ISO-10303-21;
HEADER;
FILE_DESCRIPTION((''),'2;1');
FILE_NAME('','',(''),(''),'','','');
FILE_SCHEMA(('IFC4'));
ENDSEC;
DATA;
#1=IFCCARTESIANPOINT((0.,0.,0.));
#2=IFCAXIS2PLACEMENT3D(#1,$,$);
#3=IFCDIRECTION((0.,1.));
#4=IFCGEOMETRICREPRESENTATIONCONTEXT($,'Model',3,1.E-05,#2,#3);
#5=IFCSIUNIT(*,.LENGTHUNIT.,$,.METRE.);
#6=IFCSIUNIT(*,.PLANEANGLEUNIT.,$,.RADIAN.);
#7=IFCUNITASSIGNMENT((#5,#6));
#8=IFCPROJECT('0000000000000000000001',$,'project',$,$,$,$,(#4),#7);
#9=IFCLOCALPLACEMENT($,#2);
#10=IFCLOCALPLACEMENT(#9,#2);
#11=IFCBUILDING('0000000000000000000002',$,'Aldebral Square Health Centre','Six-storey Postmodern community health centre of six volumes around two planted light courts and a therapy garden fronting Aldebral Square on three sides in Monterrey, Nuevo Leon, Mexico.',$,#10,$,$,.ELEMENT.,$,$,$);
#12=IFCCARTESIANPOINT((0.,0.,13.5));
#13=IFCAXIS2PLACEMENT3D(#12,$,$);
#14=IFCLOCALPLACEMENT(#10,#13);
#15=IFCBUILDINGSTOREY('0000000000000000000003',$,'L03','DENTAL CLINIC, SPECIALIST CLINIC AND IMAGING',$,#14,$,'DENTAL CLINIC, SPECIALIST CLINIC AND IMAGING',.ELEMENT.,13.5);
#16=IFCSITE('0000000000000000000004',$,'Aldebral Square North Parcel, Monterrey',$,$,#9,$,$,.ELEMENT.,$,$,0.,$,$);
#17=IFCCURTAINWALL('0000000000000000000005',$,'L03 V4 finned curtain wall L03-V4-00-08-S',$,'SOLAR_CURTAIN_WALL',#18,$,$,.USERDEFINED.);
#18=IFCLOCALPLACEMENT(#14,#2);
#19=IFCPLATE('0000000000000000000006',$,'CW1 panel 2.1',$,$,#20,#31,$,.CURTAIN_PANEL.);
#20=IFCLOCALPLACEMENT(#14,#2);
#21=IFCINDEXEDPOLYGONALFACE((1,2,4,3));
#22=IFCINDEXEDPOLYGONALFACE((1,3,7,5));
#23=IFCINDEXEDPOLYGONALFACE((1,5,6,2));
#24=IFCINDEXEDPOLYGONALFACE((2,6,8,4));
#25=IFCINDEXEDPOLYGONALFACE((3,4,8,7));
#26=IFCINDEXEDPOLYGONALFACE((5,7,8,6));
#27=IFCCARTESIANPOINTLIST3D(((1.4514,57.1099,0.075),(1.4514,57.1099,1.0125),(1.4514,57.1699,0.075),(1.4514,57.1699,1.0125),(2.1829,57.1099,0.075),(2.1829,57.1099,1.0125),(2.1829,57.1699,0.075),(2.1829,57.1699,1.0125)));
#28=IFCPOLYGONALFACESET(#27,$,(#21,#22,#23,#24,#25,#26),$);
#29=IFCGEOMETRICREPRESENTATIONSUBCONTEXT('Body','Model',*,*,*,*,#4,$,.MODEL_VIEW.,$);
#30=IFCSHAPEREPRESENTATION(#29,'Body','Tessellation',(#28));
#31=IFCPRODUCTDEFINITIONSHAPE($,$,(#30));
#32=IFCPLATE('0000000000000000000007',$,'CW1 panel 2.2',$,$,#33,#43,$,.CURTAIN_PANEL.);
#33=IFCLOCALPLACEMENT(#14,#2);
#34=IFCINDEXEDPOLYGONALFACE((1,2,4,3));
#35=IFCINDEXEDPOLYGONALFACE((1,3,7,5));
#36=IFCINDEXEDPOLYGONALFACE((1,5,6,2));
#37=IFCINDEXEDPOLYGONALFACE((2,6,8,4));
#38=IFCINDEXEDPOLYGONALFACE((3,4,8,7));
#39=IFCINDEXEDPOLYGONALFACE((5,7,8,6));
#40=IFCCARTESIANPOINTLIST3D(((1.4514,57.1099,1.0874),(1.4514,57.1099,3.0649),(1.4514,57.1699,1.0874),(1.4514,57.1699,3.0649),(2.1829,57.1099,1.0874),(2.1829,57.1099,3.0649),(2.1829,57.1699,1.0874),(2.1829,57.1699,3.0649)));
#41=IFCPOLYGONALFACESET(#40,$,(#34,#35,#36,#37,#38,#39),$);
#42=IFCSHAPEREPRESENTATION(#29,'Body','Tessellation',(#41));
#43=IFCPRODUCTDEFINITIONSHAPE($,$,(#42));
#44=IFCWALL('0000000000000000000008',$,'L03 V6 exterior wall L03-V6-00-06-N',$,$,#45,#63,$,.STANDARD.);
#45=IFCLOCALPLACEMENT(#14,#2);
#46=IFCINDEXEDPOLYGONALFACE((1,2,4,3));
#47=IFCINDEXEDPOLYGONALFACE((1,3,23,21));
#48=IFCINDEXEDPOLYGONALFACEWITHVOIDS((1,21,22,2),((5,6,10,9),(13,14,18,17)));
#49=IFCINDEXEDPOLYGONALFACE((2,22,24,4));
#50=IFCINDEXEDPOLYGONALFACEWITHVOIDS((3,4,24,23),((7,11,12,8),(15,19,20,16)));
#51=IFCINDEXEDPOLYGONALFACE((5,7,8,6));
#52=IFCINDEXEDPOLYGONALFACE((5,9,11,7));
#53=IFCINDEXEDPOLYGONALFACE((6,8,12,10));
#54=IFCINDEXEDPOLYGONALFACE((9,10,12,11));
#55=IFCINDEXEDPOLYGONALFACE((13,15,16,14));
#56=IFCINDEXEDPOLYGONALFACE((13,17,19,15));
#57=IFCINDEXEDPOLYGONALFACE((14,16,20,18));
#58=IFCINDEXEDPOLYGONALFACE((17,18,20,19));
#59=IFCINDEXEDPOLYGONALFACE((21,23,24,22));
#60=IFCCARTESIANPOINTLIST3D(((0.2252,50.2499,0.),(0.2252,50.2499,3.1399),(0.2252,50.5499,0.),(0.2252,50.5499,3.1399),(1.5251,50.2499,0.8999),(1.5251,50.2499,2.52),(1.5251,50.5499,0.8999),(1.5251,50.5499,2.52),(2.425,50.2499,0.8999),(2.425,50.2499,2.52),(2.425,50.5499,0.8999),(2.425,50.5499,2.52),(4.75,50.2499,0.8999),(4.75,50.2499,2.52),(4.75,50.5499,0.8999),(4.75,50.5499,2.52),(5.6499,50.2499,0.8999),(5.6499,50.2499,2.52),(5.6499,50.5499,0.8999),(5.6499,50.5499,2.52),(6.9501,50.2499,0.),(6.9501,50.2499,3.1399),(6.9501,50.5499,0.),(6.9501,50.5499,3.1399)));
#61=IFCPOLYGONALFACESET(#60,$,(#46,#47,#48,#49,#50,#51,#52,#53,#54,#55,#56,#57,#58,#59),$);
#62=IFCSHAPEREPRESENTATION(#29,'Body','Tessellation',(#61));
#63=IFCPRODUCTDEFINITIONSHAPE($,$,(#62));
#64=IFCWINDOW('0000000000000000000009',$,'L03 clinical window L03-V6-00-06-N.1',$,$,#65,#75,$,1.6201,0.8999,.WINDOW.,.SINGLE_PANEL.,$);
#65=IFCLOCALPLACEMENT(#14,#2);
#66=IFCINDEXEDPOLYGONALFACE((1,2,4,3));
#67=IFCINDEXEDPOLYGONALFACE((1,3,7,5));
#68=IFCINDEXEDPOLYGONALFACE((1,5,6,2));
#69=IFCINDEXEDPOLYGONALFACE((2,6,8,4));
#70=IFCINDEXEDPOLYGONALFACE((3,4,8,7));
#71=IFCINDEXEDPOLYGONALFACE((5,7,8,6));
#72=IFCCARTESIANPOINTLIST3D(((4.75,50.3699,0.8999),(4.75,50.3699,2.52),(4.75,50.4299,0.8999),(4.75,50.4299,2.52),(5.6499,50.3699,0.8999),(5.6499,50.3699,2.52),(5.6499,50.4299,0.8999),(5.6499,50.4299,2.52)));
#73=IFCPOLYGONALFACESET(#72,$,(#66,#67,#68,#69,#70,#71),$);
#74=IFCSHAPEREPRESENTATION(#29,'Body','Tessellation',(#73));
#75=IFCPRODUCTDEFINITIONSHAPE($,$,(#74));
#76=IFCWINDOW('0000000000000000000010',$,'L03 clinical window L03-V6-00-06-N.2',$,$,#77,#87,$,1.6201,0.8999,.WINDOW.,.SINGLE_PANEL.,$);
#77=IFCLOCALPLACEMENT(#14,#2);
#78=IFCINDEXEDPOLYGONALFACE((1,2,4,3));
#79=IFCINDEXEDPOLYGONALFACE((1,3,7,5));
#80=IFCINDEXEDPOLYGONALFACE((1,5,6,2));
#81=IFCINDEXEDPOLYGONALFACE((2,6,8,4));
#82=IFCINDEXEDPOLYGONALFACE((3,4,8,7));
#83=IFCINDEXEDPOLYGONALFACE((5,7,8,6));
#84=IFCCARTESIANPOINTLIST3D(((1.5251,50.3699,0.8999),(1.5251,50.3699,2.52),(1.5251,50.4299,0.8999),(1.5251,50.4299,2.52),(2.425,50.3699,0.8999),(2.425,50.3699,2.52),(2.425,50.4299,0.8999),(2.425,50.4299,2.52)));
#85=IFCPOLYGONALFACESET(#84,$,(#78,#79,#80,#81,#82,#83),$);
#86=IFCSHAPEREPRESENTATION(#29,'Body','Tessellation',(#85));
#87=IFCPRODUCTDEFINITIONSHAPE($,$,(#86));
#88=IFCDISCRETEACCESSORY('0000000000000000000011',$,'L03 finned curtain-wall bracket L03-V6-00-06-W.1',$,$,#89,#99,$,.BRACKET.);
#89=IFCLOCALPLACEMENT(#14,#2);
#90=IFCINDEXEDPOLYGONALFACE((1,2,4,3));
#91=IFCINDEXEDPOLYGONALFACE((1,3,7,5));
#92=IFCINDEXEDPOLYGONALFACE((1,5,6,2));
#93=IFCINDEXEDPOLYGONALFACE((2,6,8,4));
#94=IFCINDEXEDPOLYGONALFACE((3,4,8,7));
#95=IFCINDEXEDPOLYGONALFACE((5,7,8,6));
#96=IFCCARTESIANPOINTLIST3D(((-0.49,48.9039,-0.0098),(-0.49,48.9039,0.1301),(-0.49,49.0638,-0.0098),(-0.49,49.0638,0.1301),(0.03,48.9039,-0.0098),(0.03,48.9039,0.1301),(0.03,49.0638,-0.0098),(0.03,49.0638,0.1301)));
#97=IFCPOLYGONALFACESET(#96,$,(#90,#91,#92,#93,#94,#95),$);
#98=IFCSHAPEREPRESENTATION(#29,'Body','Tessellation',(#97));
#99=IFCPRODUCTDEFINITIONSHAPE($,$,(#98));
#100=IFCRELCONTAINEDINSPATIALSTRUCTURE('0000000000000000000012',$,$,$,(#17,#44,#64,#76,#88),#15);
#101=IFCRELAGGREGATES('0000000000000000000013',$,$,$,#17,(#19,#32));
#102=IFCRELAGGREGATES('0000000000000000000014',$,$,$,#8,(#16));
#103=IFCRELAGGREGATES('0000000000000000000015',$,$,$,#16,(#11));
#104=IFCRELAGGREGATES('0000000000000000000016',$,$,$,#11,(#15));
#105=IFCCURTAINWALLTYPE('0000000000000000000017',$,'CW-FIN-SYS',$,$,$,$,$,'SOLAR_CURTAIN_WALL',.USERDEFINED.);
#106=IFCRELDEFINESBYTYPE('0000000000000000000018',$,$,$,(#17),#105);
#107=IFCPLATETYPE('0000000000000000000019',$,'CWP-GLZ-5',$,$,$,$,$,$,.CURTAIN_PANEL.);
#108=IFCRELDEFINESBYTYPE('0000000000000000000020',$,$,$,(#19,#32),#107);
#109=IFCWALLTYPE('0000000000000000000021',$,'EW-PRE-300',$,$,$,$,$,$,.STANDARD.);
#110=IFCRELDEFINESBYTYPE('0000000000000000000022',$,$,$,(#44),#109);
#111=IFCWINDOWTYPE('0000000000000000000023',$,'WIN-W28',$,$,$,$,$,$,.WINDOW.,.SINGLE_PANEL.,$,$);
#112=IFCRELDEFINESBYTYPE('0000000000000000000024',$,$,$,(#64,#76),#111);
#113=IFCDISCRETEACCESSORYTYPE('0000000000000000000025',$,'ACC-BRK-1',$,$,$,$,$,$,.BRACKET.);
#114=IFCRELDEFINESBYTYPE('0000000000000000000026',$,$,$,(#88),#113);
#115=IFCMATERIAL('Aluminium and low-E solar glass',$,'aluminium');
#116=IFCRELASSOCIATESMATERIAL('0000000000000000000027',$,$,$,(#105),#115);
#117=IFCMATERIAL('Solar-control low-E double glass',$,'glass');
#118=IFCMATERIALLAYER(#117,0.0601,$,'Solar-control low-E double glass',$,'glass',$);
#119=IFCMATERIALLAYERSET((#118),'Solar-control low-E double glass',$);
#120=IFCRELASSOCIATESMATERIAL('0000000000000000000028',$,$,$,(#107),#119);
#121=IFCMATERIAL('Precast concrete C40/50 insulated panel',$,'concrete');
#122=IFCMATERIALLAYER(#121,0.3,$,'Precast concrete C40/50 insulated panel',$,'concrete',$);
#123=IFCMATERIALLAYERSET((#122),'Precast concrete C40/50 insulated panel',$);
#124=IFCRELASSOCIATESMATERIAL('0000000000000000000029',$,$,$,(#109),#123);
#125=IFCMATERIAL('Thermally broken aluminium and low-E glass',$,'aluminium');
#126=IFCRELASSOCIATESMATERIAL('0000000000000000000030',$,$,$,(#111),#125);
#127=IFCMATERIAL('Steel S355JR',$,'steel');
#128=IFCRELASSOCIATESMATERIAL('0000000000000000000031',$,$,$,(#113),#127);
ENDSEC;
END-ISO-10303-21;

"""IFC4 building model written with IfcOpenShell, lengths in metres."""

from ifc_helpers import new_model, si_unit, direction, frame, frame_2d, origin, origin_2d, place, context, subcontext, project, spatial, rectangle, extrude, material, layer, layer_set, type_object, element, fill, aggregate, save


model = new_model("IFC4")

# Units and contexts
model_context = context("Model", 3, precision=1e-05, world=origin(), true_north=direction((0.0, 1.0)))
body_context = subcontext(model_context, "Body", "Model", "MODEL_VIEW")
ifc_project = project(units=[si_unit("LENGTHUNIT", "METRE"), si_unit("PLANEANGLEUNIT", "RADIAN")], contexts=[model_context])

# Site, building, storey
site_placement = place(None, origin())
site = spatial("IfcSite", under=ifc_project, at=site_placement, Name="Aldebral Square North Parcel, Monterrey", CompositionType="ELEMENT", RefElevation=0.0)
building_placement = place(site_placement, origin())
building = spatial("IfcBuilding", under=site, at=building_placement, Name="Aldebral Square Health Centre", Description="Six-storey Postmodern community health centre of six volumes around two planted light courts and a therapy garden fronting Aldebral Square on three sides in Monterrey, Nuevo Leon, Mexico.", CompositionType="ELEMENT")
storey_placement = place(building_placement, frame((0.0, 0.0, 13.5)))
storey = spatial("IfcBuildingStorey", under=building, at=storey_placement, Name="L03", Description="DENTAL CLINIC, SPECIALIST CLINIC AND IMAGING", LongName="DENTAL CLINIC, SPECIALIST CLINIC AND IMAGING", CompositionType="ELEMENT", Elevation=13.5)

# Curtain wall
ifc_material_1 = material(Name="Aluminium and low-E solar glass", Category="aluminium")
curtain_wall_type = type_object("IfcCurtainWallType", Name="CW-FIN-SYS", ElementType="SOLAR_CURTAIN_WALL", PredefinedType="USERDEFINED", material=ifc_material_1)
curtain_wall_1_placement = place(storey_placement, origin())
curtain_wall_1 = element("IfcCurtainWall", 1, at=curtain_wall_1_placement, inside=storey, type_object=curtain_wall_type, Name="L03 V4 finned curtain wall L03-V4-00-08-S", ObjectType="SOLAR_CURTAIN_WALL", PredefinedType="USERDEFINED")

# Plates
ifc_material_2 = material(Name="Solar-control low-E double glass", Category="glass")
ifc_layer_1 = layer(ifc_material_2, 0.0601, Name="Solar-control low-E double glass", Category="glass")
ifc_layer_set_1 = layer_set([ifc_layer_1], Name="Solar-control low-E double glass")
plate_type_1 = type_object("IfcPlateType", Name="CWP-GLZ-5", PredefinedType="CURTAIN_PANEL", material=ifc_layer_set_1)
plate_1_placement = place(storey_placement, frame((1.8171, 57.1399, 0.075), z_axis=(0.0, 0.0, 1.0), x_axis=(1.0, 0.0, 0.0)))
plate_1 = element("IfcPlate", 2, at=plate_1_placement, type_object=plate_type_1, Name="CW1 panel 2.1", PredefinedType="CURTAIN_PANEL", context=body_context, shape_type="SweptSolid", body=[
    extrude(rectangle(XDim=0.7314, YDim=0.0601, at=origin_2d()), origin(), (0.0, 0.0, 1.0), 0.9375),
])
plate_2_placement = place(storey_placement, frame((1.8171, 57.1399, 1.0874), z_axis=(0.0, 0.0, 1.0), x_axis=(1.0, 0.0, 0.0)))
plate_2 = element("IfcPlate", 3, at=plate_2_placement, type_object=plate_type_1, Name="CW1 panel 2.2", PredefinedType="CURTAIN_PANEL", context=body_context, shape_type="SweptSolid", body=[
    extrude(rectangle(XDim=0.7314, YDim=0.0601, at=origin_2d()), origin(), (0.0, 0.0, 1.0), 1.9775),
])
aggregate(curtain_wall_1, [plate_1, plate_2])

# Wall, openings, windows
ifc_material_3 = material(Name="Precast concrete C40/50 insulated panel", Category="concrete")
ifc_layer_2 = layer(ifc_material_3, 0.3, Name="Precast concrete C40/50 insulated panel", Category="concrete")
ifc_layer_set_2 = layer_set([ifc_layer_2], Name="Precast concrete C40/50 insulated panel")
wall_type = type_object("IfcWallType", Name="EW-PRE-300", PredefinedType="STANDARD", material=ifc_layer_set_2)
wall_placement = place(storey_placement, frame((6.95, 50.3999, 0.0), z_axis=(0.0, 0.0, 1.0), x_axis=(-1.0, 0.0, 0.0)))
wall = element("IfcWall", 4, at=wall_placement, inside=storey, type_object=wall_type, Name="L03 V6 exterior wall L03-V6-00-06-N", PredefinedType="STANDARD", context=body_context, shape_type="SweptSolid", body=[
    extrude(rectangle(XDim=6.7249, YDim=0.3, at=frame_2d((3.3623, 0.0))), origin(), (0.0, 0.0, 1.0), 3.1399),
])
opening_1_placement = place(wall_placement, frame((1.3, 0.0, 0.8999)))
opening_1 = element("IfcOpeningElement", 5, at=opening_1_placement, cuts=wall, PredefinedType="OPENING", context=body_context, shape_type="SweptSolid", body=[
    extrude(rectangle(XDim=0.8999, YDim=1.6201, at=frame_2d((0.45, 0.8101))), frame((0.0, 0.1602, 0.0), z_axis=(0.0, -1.0, 0.0), x_axis=(1.0, 0.0, 0.0)), (0.0, 0.0, 1.0), 0.3201),
])
opening_2_placement = place(wall_placement, frame((4.5249, 0.0, 0.8999)))
opening_2 = element("IfcOpeningElement", 6, at=opening_2_placement, cuts=wall, PredefinedType="OPENING", context=body_context, shape_type="SweptSolid", body=[
    extrude(rectangle(XDim=0.8999, YDim=1.6201, at=frame_2d((0.45, 0.8101))), frame((0.0, 0.1602, 0.0), z_axis=(0.0, -1.0, 0.0), x_axis=(1.0, 0.0, 0.0)), (0.0, 0.0, 1.0), 0.3201),
])
ifc_material_4 = material(Name="Thermally broken aluminium and low-E glass", Category="aluminium")
window_type = type_object("IfcWindowType", Name="WIN-W28", PartitioningType="SINGLE_PANEL", PredefinedType="WINDOW", material=ifc_material_4)
window_1_placement = place(opening_1_placement, origin())
window_1 = element("IfcWindow", 7, at=window_1_placement, inside=storey, type_object=window_type, Name="L03 clinical window L03-V6-00-06-N.1", OverallHeight=1.6201, OverallWidth=0.8999, PartitioningType="SINGLE_PANEL", PredefinedType="WINDOW", context=body_context, shape_type="SweptSolid", body=[
    extrude(rectangle(XDim=0.8999, YDim=1.6201, at=frame_2d((0.45, 0.8101))), frame((0.0, 0.03, 0.0), z_axis=(0.0, -1.0, 0.0), x_axis=(1.0, 0.0, 0.0)), (0.0, 0.0, 1.0), 0.0601),
])
fill(opening_1, window_1)
window_2_placement = place(opening_2_placement, origin())
window_2 = element("IfcWindow", 8, at=window_2_placement, inside=storey, type_object=window_type, Name="L03 clinical window L03-V6-00-06-N.2", OverallHeight=1.6201, OverallWidth=0.8999, PartitioningType="SINGLE_PANEL", PredefinedType="WINDOW", context=body_context, shape_type="SweptSolid", body=[
    extrude(rectangle(XDim=0.8999, YDim=1.6201, at=frame_2d((0.45, 0.8101))), frame((0.0, 0.03, 0.0), z_axis=(0.0, -1.0, 0.0), x_axis=(1.0, 0.0, 0.0)), (0.0, 0.0, 1.0), 0.0601),
])
fill(opening_2, window_2)

# Discrete accessory
ifc_material_5 = material(Name="Steel S355JR", Category="steel")
discrete_accessory_type = type_object("IfcDiscreteAccessoryType", Name="ACC-BRK-1", PredefinedType="BRACKET", material=ifc_material_5)
discrete_accessory_placement = place(storey_placement, frame((-0.23, 48.9839, -0.0098), z_axis=(0.0, 0.0, 1.0), x_axis=(0.0, 1.0, 0.0)))
element("IfcDiscreteAccessory", 9, at=discrete_accessory_placement, inside=storey, type_object=discrete_accessory_type, Name="L03 finned curtain-wall bracket L03-V6-00-06-W.1", PredefinedType="BRACKET", context=body_context, shape_type="SweptSolid", body=[
    extrude(rectangle(XDim=0.1599, YDim=0.52, at=origin_2d()), origin(), (0.0, 0.0, 1.0), 0.1399),
])

save(model, "model.ifc")
